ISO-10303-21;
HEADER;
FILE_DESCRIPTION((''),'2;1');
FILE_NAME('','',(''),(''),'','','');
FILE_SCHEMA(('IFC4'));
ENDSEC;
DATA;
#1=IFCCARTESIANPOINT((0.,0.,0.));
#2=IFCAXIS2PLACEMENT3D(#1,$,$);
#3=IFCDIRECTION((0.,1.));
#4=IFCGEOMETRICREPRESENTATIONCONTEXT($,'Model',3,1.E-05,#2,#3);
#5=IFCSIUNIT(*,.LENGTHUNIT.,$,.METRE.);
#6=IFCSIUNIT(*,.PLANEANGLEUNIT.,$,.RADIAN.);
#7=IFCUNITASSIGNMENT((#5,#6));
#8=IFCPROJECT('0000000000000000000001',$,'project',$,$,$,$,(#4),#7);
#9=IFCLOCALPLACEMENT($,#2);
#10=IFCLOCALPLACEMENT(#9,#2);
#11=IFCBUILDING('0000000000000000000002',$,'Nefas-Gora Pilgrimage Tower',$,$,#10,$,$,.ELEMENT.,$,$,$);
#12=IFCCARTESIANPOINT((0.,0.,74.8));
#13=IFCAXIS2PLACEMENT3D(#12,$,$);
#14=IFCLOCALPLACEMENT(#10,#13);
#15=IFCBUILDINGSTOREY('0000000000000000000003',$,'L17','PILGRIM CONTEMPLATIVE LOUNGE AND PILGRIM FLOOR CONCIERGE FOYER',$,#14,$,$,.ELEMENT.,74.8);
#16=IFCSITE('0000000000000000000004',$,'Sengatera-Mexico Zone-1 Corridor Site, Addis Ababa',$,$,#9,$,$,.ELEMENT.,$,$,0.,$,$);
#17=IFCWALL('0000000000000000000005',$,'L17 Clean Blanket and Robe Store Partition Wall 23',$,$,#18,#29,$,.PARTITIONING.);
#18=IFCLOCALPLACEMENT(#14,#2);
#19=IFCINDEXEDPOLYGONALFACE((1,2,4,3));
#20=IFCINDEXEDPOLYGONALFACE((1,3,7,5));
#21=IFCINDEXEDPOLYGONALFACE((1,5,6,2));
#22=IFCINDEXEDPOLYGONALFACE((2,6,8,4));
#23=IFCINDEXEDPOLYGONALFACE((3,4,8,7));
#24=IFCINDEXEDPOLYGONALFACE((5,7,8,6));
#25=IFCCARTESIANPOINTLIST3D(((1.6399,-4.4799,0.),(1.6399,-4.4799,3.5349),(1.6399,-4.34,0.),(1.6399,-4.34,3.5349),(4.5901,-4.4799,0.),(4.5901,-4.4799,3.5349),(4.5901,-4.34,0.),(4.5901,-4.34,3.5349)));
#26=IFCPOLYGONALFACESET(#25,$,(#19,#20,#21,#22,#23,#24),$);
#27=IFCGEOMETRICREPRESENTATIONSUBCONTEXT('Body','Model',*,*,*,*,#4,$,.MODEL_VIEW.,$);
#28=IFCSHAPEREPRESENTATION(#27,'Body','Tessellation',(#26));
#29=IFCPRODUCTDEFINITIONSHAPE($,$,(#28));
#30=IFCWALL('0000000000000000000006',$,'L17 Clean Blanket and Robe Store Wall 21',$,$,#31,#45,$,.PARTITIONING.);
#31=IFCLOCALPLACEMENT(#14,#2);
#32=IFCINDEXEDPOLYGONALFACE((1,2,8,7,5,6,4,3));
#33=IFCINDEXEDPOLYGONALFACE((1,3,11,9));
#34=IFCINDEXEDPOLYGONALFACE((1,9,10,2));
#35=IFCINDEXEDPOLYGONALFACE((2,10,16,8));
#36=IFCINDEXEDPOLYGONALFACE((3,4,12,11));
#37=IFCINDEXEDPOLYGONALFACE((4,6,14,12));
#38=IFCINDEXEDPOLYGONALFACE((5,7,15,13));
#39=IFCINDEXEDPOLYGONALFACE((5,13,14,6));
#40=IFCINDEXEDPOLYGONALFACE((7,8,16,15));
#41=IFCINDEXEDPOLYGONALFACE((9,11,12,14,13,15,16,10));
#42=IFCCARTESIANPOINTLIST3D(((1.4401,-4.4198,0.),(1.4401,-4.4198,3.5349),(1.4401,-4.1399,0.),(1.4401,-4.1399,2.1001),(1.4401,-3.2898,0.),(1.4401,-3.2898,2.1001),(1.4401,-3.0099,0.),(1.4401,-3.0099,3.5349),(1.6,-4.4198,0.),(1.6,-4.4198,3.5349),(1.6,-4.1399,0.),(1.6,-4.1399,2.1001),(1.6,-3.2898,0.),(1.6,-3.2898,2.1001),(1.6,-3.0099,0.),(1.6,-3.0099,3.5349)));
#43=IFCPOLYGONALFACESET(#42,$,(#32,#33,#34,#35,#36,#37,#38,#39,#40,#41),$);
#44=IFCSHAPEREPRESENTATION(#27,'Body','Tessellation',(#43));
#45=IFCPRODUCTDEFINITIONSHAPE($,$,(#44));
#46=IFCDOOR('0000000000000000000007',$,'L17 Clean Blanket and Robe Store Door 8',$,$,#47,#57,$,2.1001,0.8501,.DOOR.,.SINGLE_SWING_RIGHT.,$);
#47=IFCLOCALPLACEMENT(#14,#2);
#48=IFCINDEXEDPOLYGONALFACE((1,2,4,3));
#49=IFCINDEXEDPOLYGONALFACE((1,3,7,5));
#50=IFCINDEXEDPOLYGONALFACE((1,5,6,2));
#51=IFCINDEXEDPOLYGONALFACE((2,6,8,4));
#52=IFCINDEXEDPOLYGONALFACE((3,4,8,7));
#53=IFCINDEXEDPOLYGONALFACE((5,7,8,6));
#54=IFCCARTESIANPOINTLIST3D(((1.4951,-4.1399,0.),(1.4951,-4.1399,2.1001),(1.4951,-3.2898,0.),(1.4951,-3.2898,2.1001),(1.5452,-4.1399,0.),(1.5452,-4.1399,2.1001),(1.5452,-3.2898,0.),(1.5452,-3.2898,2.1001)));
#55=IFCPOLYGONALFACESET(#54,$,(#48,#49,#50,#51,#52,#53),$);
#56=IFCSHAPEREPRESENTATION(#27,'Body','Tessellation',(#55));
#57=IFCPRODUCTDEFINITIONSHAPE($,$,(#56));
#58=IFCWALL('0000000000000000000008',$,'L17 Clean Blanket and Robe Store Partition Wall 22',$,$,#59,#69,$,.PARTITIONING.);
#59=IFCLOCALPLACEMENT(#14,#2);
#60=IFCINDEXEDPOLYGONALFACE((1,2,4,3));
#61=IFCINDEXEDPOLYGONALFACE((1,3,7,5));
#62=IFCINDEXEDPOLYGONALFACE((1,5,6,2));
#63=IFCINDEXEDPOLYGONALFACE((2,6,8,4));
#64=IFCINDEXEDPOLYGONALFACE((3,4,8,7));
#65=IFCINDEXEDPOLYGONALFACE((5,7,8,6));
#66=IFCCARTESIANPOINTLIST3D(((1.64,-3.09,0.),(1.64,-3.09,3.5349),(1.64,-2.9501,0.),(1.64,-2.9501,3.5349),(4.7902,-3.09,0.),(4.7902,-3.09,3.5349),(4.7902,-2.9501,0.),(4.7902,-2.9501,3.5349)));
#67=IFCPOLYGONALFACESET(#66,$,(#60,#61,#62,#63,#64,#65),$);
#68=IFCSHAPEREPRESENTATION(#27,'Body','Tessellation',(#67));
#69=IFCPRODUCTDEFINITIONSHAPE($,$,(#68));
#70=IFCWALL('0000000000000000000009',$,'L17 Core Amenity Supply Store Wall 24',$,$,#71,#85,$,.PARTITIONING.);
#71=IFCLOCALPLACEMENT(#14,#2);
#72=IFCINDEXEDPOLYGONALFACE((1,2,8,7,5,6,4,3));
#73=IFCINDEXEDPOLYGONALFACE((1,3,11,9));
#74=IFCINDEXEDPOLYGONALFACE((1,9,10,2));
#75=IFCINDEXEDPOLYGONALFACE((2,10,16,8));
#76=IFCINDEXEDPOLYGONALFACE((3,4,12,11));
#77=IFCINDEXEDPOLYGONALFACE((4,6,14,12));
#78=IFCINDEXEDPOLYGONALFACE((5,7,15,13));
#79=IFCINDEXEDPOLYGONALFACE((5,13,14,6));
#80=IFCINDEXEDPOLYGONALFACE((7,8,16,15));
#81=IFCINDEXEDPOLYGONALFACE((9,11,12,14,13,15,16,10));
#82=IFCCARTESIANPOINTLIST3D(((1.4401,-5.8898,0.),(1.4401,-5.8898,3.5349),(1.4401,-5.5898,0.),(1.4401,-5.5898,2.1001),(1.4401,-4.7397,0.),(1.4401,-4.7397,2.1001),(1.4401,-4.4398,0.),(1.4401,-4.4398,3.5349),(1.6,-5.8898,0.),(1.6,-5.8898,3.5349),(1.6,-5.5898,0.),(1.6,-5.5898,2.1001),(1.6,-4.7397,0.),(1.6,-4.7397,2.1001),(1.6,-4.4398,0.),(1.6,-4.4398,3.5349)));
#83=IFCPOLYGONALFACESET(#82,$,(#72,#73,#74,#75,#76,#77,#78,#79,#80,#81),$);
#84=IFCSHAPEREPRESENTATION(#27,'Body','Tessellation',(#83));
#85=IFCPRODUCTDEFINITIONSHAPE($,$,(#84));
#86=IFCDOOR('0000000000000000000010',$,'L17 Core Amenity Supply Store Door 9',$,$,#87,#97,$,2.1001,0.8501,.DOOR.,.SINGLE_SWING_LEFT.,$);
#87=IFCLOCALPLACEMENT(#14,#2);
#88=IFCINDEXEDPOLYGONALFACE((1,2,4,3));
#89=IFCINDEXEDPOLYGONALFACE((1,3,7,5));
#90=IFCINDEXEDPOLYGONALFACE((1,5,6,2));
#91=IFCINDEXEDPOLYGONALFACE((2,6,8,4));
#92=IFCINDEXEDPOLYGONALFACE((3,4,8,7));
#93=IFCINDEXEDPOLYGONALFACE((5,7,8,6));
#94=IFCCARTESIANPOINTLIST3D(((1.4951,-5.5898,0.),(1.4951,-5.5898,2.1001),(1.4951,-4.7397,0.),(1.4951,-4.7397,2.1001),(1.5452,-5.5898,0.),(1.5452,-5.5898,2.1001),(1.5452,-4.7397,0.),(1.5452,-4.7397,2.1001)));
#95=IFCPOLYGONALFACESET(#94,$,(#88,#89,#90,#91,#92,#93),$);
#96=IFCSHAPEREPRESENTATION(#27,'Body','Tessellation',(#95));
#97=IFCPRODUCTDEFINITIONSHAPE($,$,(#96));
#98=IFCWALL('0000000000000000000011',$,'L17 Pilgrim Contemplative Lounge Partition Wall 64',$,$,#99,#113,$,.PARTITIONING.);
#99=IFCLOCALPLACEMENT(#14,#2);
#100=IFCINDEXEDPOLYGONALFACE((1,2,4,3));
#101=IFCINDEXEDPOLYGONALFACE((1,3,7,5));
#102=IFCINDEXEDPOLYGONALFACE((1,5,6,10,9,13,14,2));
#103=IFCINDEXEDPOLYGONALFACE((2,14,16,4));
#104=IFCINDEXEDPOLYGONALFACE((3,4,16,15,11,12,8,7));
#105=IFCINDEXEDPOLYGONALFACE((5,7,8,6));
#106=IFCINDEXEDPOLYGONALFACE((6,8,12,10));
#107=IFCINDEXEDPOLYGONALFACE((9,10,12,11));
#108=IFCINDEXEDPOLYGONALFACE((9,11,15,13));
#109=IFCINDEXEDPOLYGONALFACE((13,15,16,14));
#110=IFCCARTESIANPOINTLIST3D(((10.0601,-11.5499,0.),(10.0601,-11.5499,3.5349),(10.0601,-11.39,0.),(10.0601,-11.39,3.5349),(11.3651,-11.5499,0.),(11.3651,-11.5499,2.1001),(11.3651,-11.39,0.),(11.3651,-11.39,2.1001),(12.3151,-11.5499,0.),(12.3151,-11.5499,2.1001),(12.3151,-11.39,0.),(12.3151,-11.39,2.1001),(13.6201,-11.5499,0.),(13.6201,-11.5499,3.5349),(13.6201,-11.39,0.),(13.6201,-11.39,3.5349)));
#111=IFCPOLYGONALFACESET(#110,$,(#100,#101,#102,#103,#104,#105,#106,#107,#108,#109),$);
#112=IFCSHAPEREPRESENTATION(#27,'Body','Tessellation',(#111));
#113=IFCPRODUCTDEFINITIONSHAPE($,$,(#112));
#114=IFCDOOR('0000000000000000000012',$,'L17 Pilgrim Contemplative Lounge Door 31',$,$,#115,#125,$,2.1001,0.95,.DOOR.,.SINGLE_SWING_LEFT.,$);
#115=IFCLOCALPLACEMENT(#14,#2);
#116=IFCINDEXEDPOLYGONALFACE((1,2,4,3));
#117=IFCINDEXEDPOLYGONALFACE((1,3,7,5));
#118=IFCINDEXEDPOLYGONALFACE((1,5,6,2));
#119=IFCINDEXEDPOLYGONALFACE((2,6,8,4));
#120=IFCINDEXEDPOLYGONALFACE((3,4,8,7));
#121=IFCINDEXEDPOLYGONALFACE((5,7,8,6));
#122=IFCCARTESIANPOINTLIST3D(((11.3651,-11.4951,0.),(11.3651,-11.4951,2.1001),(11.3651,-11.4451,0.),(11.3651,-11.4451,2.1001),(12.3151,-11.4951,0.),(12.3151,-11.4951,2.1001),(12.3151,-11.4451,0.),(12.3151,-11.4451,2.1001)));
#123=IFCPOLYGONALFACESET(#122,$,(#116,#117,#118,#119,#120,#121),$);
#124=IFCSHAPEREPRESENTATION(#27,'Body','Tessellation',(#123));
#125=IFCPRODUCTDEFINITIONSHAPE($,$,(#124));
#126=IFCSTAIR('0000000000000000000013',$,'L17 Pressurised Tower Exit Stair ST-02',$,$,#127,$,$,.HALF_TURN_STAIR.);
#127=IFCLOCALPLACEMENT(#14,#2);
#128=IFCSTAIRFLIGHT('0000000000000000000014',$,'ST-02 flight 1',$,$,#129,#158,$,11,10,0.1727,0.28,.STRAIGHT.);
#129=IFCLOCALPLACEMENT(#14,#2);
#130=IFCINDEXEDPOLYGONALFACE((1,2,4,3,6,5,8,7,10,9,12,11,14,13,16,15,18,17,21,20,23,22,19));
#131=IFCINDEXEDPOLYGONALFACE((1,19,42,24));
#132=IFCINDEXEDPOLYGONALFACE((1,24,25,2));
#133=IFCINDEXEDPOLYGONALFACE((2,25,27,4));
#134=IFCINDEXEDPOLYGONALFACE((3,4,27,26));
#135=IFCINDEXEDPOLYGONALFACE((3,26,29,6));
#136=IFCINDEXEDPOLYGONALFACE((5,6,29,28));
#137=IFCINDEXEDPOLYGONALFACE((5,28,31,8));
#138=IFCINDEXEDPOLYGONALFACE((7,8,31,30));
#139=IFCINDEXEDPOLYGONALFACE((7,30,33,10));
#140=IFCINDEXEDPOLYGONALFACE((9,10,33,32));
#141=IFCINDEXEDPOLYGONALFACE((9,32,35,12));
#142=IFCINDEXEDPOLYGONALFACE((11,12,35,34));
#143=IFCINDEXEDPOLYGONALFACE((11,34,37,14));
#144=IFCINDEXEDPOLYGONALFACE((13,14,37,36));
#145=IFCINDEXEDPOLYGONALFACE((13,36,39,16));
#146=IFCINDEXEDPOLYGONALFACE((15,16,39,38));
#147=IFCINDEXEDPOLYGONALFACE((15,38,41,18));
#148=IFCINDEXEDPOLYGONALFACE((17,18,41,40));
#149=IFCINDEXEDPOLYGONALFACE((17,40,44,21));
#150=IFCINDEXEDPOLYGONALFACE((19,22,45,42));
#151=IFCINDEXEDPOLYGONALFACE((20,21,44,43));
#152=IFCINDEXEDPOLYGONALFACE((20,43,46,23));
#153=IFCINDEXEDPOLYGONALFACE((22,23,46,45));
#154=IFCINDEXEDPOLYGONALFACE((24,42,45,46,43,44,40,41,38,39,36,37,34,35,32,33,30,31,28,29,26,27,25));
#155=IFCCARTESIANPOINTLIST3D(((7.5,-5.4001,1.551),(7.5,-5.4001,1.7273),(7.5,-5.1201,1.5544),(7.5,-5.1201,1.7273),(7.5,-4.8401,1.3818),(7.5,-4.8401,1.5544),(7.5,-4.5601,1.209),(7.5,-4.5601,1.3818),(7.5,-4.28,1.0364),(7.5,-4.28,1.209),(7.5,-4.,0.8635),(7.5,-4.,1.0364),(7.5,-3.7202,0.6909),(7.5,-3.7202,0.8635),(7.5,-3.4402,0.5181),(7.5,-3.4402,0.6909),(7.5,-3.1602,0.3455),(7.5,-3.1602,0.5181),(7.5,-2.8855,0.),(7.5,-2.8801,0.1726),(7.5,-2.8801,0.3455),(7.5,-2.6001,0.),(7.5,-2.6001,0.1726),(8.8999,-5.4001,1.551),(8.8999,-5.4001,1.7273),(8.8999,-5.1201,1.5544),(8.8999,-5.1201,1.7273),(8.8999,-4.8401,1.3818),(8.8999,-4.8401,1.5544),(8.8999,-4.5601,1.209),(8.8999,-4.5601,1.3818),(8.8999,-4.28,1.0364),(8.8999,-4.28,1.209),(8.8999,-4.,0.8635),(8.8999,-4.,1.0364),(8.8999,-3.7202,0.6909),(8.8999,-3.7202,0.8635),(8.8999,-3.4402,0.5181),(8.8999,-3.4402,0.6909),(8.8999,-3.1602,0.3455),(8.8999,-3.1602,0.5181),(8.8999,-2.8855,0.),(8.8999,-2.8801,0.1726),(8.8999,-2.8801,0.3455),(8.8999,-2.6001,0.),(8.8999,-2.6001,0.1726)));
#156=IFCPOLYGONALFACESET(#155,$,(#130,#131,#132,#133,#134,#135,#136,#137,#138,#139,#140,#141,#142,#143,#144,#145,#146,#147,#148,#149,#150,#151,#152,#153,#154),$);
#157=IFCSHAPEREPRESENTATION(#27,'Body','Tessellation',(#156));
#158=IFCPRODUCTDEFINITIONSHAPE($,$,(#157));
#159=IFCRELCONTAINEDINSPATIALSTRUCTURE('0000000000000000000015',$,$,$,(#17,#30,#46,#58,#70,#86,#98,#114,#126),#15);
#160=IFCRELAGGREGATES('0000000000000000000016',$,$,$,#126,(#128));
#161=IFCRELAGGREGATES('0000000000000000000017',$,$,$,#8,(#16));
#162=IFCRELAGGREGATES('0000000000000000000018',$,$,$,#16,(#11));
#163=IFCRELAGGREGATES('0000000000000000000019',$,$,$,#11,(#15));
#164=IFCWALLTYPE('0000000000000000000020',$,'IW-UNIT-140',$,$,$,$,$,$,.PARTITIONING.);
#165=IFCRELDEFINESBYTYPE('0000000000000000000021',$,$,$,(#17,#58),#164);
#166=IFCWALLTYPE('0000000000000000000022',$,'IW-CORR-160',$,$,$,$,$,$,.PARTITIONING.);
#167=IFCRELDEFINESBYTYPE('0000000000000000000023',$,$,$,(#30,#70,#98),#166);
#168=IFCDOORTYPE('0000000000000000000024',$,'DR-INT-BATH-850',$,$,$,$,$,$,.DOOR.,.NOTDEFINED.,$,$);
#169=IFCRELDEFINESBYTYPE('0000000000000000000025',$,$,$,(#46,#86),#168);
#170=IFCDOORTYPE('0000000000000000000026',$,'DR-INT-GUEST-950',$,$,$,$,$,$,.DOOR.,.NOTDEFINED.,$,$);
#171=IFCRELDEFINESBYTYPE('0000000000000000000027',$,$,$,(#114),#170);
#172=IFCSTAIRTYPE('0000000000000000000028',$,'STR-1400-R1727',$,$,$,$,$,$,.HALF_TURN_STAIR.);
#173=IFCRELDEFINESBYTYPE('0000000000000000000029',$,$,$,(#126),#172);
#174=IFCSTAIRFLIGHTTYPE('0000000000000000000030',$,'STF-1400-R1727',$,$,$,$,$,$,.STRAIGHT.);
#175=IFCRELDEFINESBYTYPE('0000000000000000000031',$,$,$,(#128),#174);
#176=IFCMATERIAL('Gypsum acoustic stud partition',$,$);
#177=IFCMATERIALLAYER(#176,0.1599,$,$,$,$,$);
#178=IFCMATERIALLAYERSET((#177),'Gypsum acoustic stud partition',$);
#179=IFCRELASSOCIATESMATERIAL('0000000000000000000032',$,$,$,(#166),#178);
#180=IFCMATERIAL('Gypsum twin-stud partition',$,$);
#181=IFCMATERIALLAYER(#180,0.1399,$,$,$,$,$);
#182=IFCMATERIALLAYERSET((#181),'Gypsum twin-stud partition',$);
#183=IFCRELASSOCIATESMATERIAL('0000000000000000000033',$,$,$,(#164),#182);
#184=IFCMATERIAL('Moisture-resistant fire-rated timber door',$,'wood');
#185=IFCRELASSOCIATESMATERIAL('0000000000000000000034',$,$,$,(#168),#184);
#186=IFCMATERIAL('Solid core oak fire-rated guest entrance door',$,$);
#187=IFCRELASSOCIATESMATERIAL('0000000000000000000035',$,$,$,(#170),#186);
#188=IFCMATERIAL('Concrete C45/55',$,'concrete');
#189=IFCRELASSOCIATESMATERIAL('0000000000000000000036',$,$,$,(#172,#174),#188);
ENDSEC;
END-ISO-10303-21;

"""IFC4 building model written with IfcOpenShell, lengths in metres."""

from ifc_helpers import new_model, si_unit, direction, frame, frame_2d, origin, place, context, subcontext, project, spatial, polyline, rectangle, outline, extrude, source, transform, mapped, material, layer, layer_set, type_object, element, fill, aggregate, save


model = new_model("IFC4")

# Units and contexts
model_context = context("Model", 3, precision=1e-05, world=origin(), true_north=direction((0.0, 1.0)))
body_context = subcontext(model_context, "Body", "Model", "MODEL_VIEW")
ifc_project = project(units=[si_unit("LENGTHUNIT", "METRE"), si_unit("PLANEANGLEUNIT", "RADIAN")], contexts=[model_context])

# Site, building, storey
site_placement = place(None, origin())
site = spatial("IfcSite", under=ifc_project, at=site_placement, Name="Sengatera-Mexico Zone-1 Corridor Site, Addis Ababa", CompositionType="ELEMENT", RefElevation=0.0)
building_placement = place(site_placement, origin())
building = spatial("IfcBuilding", under=site, at=building_placement, Name="Nefas-Gora Pilgrimage Tower", CompositionType="ELEMENT")
storey_placement = place(building_placement, frame((0.0, 0.0, 74.8)))
storey = spatial("IfcBuildingStorey", under=building, at=storey_placement, Name="L17", Description="PILGRIM CONTEMPLATIVE LOUNGE AND PILGRIM FLOOR CONCIERGE FOYER", CompositionType="ELEMENT", Elevation=74.8)

# Shared definitions
ifc_material_1 = material(Name="Concrete C45/55", Category="concrete")

# Wall
ifc_material_2 = material(Name="Gypsum acoustic stud partition")
ifc_layer_1 = layer(ifc_material_2, 0.1599)
ifc_layer_set_1 = layer_set([ifc_layer_1], Name="Gypsum acoustic stud partition")
wall_type_1 = type_object("IfcWallType", Name="IW-CORR-160", PredefinedType="PARTITIONING", material=ifc_layer_set_1)
ifc_material_3 = material(Name="Gypsum twin-stud partition")
ifc_layer_2 = layer(ifc_material_3, 0.1399)
ifc_layer_set_2 = layer_set([ifc_layer_2], Name="Gypsum twin-stud partition")
wall_type_2 = type_object("IfcWallType", Name="IW-UNIT-140", PredefinedType="PARTITIONING", material=ifc_layer_set_2)
shared_shape_1 = source(origin(), body_context, "Body", "SweptSolid", [
    extrude(rectangle(XDim=2.9502, YDim=0.1399, at=frame_2d((1.4751, 0.0))), origin(), (0.0, 0.0, 1.0), 3.5349),
])
wall_1_placement = place(storey_placement, frame((1.6399, -4.4099, 0.0), z_axis=(0.0, 0.0, 1.0), x_axis=(1.0, 0.0, 0.0)))
element("IfcWall", 1, at=wall_1_placement, inside=storey, type_object=wall_type_2, Name="L17 Clean Blanket and Robe Store Partition Wall 23", PredefinedType="PARTITIONING", context=body_context, shape_type="MappedRepresentation", body=[
    mapped(shared_shape_1, transform((0.0, 0.0, 0.0), x_axis=(1.0, 0.0, 0.0), y_axis=(0.0, 1.0, 0.0), z_axis=(0.0, 0.0, 1.0), scale=1.0)),
])

# Wall, opening, door
shared_shape_2 = source(origin(), body_context, "Body", "SweptSolid", [
    extrude(rectangle(XDim=1.4099, YDim=0.1599, at=frame_2d((0.7051, 0.0))), origin(), (0.0, 0.0, 1.0), 3.5349),
])
wall_2_placement = place(storey_placement, frame((1.52, -4.4199, 0.0), z_axis=(0.0, 0.0, 1.0), x_axis=(0.0, 1.0, 0.0)))
wall_2 = element("IfcWall", 2, at=wall_2_placement, inside=storey, type_object=wall_type_1, Name="L17 Clean Blanket and Robe Store Wall 21", PredefinedType="PARTITIONING", context=body_context, shape_type="MappedRepresentation", body=[
    mapped(shared_shape_2, transform((0.0, 0.0, 0.0), x_axis=(1.0, 0.0, 0.0), y_axis=(0.0, 1.0, 0.0), z_axis=(0.0, 0.0, 1.0), scale=1.0)),
])
opening_1_placement = place(wall_2_placement, frame((0.28, 0.0, 0.0)))
opening_1 = element("IfcOpeningElement", 3, at=opening_1_placement, cuts=wall_2, PredefinedType="OPENING", context=body_context, shape_type="SweptSolid", body=[
    extrude(rectangle(XDim=0.8501, YDim=2.1001, at=frame_2d((0.425, 1.05))), frame((0.0, 0.0898, 0.0), z_axis=(0.0, -1.0, 0.0), x_axis=(1.0, 0.0, 0.0)), (0.0, 0.0, 1.0), 0.1799),
])
ifc_material_4 = material(Name="Moisture-resistant fire-rated timber door", Category="wood")
door_type_1 = type_object("IfcDoorType", Name="DR-INT-BATH-850", OperationType="NOTDEFINED", PredefinedType="DOOR", material=ifc_material_4)
shared_shape_3 = source(origin(), body_context, "Body", "SweptSolid", [
    extrude(rectangle(XDim=0.8501, YDim=2.1001, at=frame_2d((0.425, 1.05))), frame((0.0, 0.0249, 0.0), z_axis=(0.0, -1.0, 0.0), x_axis=(1.0, 0.0, 0.0)), (0.0, 0.0, 1.0), 0.05),
])
door_1_placement = place(opening_1_placement, origin())
door_1 = element("IfcDoor", 4, at=door_1_placement, inside=storey, type_object=door_type_1, Name="L17 Clean Blanket and Robe Store Door 8", OperationType="SINGLE_SWING_RIGHT", OverallHeight=2.1001, OverallWidth=0.8501, PredefinedType="DOOR", context=body_context, shape_type="MappedRepresentation", body=[
    mapped(shared_shape_3, transform((0.0, 0.0, 0.0), x_axis=(1.0, 0.0, 0.0), y_axis=(0.0, 1.0, 0.0), z_axis=(0.0, 0.0, 1.0), scale=1.0)),
])
fill(opening_1, door_1)

# Wall
shared_shape_4 = source(origin(), body_context, "Body", "SweptSolid", [
    extrude(rectangle(XDim=3.1501, YDim=0.1399, at=frame_2d((1.5752, 0.0))), origin(), (0.0, 0.0, 1.0), 3.5349),
])
wall_3_placement = place(storey_placement, frame((1.6399, -3.02, 0.0), z_axis=(0.0, 0.0, 1.0), x_axis=(1.0, 0.0, 0.0)))
element("IfcWall", 5, at=wall_3_placement, inside=storey, type_object=wall_type_2, Name="L17 Clean Blanket and Robe Store Partition Wall 22", PredefinedType="PARTITIONING", context=body_context, shape_type="MappedRepresentation", body=[
    mapped(shared_shape_4, transform((0.0, 0.0, 0.0), x_axis=(1.0, 0.0, 0.0), y_axis=(0.0, 1.0, 0.0), z_axis=(0.0, 0.0, 1.0), scale=1.0)),
])

# Walls, openings, doors
shared_shape_5 = source(origin(), body_context, "Body", "SweptSolid", [
    extrude(rectangle(XDim=1.45, YDim=0.1599, at=frame_2d((0.7251, 0.0))), origin(), (0.0, 0.0, 1.0), 3.5349),
])
wall_4_placement = place(storey_placement, frame((1.52, -5.8899, 0.0), z_axis=(0.0, 0.0, 1.0), x_axis=(0.0, 1.0, 0.0)))
wall_4 = element("IfcWall", 6, at=wall_4_placement, inside=storey, type_object=wall_type_1, Name="L17 Core Amenity Supply Store Wall 24", PredefinedType="PARTITIONING", context=body_context, shape_type="MappedRepresentation", body=[
    mapped(shared_shape_5, transform((0.0, 0.0, 0.0), x_axis=(1.0, 0.0, 0.0), y_axis=(0.0, 1.0, 0.0), z_axis=(0.0, 0.0, 1.0), scale=1.0)),
])
opening_2_placement = place(wall_4_placement, frame((0.3, 0.0, 0.0)))
opening_2 = element("IfcOpeningElement", 7, at=opening_2_placement, cuts=wall_4, PredefinedType="OPENING", context=body_context, shape_type="SweptSolid", body=[
    extrude(rectangle(XDim=0.8501, YDim=2.1001, at=frame_2d((0.425, 1.05))), frame((0.0, 0.0898, 0.0), z_axis=(0.0, -1.0, 0.0), x_axis=(1.0, 0.0, 0.0)), (0.0, 0.0, 1.0), 0.1799),
])
door_2_placement = place(opening_2_placement, origin())
door_2 = element("IfcDoor", 8, at=door_2_placement, inside=storey, type_object=door_type_1, Name="L17 Core Amenity Supply Store Door 9", OperationType="SINGLE_SWING_LEFT", OverallHeight=2.1001, OverallWidth=0.8501, PredefinedType="DOOR", context=body_context, shape_type="MappedRepresentation", body=[
    mapped(shared_shape_3, transform((0.0, 0.0, 0.0), x_axis=(1.0, 0.0, 0.0), y_axis=(0.0, 1.0, 0.0), z_axis=(0.0, 0.0, 1.0), scale=1.0)),
])
fill(opening_2, door_2)
shared_shape_6 = source(origin(), body_context, "Body", "SweptSolid", [
    extrude(rectangle(XDim=3.5601, YDim=0.1599, at=frame_2d((1.78, 0.0))), origin(), (0.0, 0.0, 1.0), 3.5349),
])
wall_5_placement = place(storey_placement, frame((10.0601, -11.47, 0.0), z_axis=(0.0, 0.0, 1.0), x_axis=(1.0, 0.0, 0.0)))
wall_5 = element("IfcWall", 9, at=wall_5_placement, inside=storey, type_object=wall_type_1, Name="L17 Pilgrim Contemplative Lounge Partition Wall 64", PredefinedType="PARTITIONING", context=body_context, shape_type="MappedRepresentation", body=[
    mapped(shared_shape_6, transform((0.0, 0.0, 0.0), x_axis=(1.0, 0.0, 0.0), y_axis=(0.0, 1.0, 0.0), z_axis=(0.0, 0.0, 1.0), scale=1.0)),
])
opening_3_placement = place(wall_5_placement, frame((1.3049, 0.0, 0.0)))
opening_3 = element("IfcOpeningElement", 10, at=opening_3_placement, cuts=wall_5, PredefinedType="OPENING", context=body_context, shape_type="SweptSolid", body=[
    extrude(rectangle(XDim=0.95, YDim=2.1001, at=frame_2d((0.4751, 1.05))), frame((0.0, 0.0898, 0.0), z_axis=(0.0, -1.0, 0.0), x_axis=(1.0, 0.0, 0.0)), (0.0, 0.0, 1.0), 0.1799),
])
ifc_material_5 = material(Name="Solid core oak fire-rated guest entrance door")
door_type_2 = type_object("IfcDoorType", Name="DR-INT-GUEST-950", OperationType="NOTDEFINED", PredefinedType="DOOR", material=ifc_material_5)
shared_shape_7 = source(origin(), body_context, "Body", "SweptSolid", [
    extrude(rectangle(XDim=0.95, YDim=2.1001, at=frame_2d((0.4751, 1.05))), frame((0.0, 0.0249, 0.0), z_axis=(0.0, -1.0, 0.0), x_axis=(1.0, 0.0, 0.0)), (0.0, 0.0, 1.0), 0.05),
])
door_3_placement = place(opening_3_placement, origin())
door_3 = element("IfcDoor", 11, at=door_3_placement, inside=storey, type_object=door_type_2, Name="L17 Pilgrim Contemplative Lounge Door 31", OperationType="SINGLE_SWING_LEFT", OverallHeight=2.1001, OverallWidth=0.95, PredefinedType="DOOR", context=body_context, shape_type="MappedRepresentation", body=[
    mapped(shared_shape_7, transform((0.0, 0.0, 0.0), x_axis=(1.0, 0.0, 0.0), y_axis=(0.0, 1.0, 0.0), z_axis=(0.0, 0.0, 1.0), scale=1.0)),
])
fill(opening_3, door_3)

# Stair, stair flight
stair_type = type_object("IfcStairType", Name="STR-1400-R1727", PredefinedType="HALF_TURN_STAIR", material=ifc_material_1)
stair_placement = place(storey_placement, origin())
stair = element("IfcStair", 12, at=stair_placement, inside=storey, type_object=stair_type, Name="L17 Pressurised Tower Exit Stair ST-02", PredefinedType="HALF_TURN_STAIR")
stair_flight_type = type_object("IfcStairFlightType", Name="STF-1400-R1727", PredefinedType="STRAIGHT", material=ifc_material_1)
shared_shape_8 = source(origin(), body_context, "Body", "SweptSolid", [
    extrude(outline(polyline([(0.0, 0.0), (0.0, 0.1726), (0.28, 0.1726), (0.28, 0.3455), (0.5601, 0.3455), (0.5601, 0.5181), (0.8401, 0.5181), (0.8401, 0.6909), (1.1201, 0.6909), (1.1201, 0.8635), (1.3999, 0.8635), (1.3999, 1.0364), (1.6799, 1.0364), (1.6799, 1.209), (1.96, 1.209), (1.96, 1.3818), (2.24, 1.3818), (2.24, 1.5544), (2.52, 1.5544), (2.52, 1.7273), (2.8, 1.7273), (2.8, 1.8999), (2.8, 1.551), (0.2854, 0.0), (0.0, 0.0)])), frame((0.0, 0.7, 0.0), z_axis=(0.0, -1.0, 0.0), x_axis=(1.0, 0.0, 0.0)), (0.0, 0.0, 1.0), 1.3999),
])
stair_flight_1_placement = place(storey_placement, frame((8.2, -2.6001, 0.0), z_axis=(0.0, 0.0, 1.0), x_axis=(0.0, -1.0, 0.0)))
stair_flight_1 = element("IfcStairFlight", 13, at=stair_flight_1_placement, type_object=stair_flight_type, Name="ST-02 flight 1", NumberOfRisers=11, NumberOfTreads=10, PredefinedType="STRAIGHT", RiserHeight=0.1727, TreadLength=0.28, context=body_context, shape_type="MappedRepresentation", body=[
    mapped(shared_shape_8, transform((0.0, 0.0, 0.0), x_axis=(1.0, 0.0, 0.0), y_axis=(0.0, 1.0, 0.0), z_axis=(0.0, 0.0, 1.0), scale=1.0)),
])
aggregate(stair, [stair_flight_1])

save(model, "model.ifc")
